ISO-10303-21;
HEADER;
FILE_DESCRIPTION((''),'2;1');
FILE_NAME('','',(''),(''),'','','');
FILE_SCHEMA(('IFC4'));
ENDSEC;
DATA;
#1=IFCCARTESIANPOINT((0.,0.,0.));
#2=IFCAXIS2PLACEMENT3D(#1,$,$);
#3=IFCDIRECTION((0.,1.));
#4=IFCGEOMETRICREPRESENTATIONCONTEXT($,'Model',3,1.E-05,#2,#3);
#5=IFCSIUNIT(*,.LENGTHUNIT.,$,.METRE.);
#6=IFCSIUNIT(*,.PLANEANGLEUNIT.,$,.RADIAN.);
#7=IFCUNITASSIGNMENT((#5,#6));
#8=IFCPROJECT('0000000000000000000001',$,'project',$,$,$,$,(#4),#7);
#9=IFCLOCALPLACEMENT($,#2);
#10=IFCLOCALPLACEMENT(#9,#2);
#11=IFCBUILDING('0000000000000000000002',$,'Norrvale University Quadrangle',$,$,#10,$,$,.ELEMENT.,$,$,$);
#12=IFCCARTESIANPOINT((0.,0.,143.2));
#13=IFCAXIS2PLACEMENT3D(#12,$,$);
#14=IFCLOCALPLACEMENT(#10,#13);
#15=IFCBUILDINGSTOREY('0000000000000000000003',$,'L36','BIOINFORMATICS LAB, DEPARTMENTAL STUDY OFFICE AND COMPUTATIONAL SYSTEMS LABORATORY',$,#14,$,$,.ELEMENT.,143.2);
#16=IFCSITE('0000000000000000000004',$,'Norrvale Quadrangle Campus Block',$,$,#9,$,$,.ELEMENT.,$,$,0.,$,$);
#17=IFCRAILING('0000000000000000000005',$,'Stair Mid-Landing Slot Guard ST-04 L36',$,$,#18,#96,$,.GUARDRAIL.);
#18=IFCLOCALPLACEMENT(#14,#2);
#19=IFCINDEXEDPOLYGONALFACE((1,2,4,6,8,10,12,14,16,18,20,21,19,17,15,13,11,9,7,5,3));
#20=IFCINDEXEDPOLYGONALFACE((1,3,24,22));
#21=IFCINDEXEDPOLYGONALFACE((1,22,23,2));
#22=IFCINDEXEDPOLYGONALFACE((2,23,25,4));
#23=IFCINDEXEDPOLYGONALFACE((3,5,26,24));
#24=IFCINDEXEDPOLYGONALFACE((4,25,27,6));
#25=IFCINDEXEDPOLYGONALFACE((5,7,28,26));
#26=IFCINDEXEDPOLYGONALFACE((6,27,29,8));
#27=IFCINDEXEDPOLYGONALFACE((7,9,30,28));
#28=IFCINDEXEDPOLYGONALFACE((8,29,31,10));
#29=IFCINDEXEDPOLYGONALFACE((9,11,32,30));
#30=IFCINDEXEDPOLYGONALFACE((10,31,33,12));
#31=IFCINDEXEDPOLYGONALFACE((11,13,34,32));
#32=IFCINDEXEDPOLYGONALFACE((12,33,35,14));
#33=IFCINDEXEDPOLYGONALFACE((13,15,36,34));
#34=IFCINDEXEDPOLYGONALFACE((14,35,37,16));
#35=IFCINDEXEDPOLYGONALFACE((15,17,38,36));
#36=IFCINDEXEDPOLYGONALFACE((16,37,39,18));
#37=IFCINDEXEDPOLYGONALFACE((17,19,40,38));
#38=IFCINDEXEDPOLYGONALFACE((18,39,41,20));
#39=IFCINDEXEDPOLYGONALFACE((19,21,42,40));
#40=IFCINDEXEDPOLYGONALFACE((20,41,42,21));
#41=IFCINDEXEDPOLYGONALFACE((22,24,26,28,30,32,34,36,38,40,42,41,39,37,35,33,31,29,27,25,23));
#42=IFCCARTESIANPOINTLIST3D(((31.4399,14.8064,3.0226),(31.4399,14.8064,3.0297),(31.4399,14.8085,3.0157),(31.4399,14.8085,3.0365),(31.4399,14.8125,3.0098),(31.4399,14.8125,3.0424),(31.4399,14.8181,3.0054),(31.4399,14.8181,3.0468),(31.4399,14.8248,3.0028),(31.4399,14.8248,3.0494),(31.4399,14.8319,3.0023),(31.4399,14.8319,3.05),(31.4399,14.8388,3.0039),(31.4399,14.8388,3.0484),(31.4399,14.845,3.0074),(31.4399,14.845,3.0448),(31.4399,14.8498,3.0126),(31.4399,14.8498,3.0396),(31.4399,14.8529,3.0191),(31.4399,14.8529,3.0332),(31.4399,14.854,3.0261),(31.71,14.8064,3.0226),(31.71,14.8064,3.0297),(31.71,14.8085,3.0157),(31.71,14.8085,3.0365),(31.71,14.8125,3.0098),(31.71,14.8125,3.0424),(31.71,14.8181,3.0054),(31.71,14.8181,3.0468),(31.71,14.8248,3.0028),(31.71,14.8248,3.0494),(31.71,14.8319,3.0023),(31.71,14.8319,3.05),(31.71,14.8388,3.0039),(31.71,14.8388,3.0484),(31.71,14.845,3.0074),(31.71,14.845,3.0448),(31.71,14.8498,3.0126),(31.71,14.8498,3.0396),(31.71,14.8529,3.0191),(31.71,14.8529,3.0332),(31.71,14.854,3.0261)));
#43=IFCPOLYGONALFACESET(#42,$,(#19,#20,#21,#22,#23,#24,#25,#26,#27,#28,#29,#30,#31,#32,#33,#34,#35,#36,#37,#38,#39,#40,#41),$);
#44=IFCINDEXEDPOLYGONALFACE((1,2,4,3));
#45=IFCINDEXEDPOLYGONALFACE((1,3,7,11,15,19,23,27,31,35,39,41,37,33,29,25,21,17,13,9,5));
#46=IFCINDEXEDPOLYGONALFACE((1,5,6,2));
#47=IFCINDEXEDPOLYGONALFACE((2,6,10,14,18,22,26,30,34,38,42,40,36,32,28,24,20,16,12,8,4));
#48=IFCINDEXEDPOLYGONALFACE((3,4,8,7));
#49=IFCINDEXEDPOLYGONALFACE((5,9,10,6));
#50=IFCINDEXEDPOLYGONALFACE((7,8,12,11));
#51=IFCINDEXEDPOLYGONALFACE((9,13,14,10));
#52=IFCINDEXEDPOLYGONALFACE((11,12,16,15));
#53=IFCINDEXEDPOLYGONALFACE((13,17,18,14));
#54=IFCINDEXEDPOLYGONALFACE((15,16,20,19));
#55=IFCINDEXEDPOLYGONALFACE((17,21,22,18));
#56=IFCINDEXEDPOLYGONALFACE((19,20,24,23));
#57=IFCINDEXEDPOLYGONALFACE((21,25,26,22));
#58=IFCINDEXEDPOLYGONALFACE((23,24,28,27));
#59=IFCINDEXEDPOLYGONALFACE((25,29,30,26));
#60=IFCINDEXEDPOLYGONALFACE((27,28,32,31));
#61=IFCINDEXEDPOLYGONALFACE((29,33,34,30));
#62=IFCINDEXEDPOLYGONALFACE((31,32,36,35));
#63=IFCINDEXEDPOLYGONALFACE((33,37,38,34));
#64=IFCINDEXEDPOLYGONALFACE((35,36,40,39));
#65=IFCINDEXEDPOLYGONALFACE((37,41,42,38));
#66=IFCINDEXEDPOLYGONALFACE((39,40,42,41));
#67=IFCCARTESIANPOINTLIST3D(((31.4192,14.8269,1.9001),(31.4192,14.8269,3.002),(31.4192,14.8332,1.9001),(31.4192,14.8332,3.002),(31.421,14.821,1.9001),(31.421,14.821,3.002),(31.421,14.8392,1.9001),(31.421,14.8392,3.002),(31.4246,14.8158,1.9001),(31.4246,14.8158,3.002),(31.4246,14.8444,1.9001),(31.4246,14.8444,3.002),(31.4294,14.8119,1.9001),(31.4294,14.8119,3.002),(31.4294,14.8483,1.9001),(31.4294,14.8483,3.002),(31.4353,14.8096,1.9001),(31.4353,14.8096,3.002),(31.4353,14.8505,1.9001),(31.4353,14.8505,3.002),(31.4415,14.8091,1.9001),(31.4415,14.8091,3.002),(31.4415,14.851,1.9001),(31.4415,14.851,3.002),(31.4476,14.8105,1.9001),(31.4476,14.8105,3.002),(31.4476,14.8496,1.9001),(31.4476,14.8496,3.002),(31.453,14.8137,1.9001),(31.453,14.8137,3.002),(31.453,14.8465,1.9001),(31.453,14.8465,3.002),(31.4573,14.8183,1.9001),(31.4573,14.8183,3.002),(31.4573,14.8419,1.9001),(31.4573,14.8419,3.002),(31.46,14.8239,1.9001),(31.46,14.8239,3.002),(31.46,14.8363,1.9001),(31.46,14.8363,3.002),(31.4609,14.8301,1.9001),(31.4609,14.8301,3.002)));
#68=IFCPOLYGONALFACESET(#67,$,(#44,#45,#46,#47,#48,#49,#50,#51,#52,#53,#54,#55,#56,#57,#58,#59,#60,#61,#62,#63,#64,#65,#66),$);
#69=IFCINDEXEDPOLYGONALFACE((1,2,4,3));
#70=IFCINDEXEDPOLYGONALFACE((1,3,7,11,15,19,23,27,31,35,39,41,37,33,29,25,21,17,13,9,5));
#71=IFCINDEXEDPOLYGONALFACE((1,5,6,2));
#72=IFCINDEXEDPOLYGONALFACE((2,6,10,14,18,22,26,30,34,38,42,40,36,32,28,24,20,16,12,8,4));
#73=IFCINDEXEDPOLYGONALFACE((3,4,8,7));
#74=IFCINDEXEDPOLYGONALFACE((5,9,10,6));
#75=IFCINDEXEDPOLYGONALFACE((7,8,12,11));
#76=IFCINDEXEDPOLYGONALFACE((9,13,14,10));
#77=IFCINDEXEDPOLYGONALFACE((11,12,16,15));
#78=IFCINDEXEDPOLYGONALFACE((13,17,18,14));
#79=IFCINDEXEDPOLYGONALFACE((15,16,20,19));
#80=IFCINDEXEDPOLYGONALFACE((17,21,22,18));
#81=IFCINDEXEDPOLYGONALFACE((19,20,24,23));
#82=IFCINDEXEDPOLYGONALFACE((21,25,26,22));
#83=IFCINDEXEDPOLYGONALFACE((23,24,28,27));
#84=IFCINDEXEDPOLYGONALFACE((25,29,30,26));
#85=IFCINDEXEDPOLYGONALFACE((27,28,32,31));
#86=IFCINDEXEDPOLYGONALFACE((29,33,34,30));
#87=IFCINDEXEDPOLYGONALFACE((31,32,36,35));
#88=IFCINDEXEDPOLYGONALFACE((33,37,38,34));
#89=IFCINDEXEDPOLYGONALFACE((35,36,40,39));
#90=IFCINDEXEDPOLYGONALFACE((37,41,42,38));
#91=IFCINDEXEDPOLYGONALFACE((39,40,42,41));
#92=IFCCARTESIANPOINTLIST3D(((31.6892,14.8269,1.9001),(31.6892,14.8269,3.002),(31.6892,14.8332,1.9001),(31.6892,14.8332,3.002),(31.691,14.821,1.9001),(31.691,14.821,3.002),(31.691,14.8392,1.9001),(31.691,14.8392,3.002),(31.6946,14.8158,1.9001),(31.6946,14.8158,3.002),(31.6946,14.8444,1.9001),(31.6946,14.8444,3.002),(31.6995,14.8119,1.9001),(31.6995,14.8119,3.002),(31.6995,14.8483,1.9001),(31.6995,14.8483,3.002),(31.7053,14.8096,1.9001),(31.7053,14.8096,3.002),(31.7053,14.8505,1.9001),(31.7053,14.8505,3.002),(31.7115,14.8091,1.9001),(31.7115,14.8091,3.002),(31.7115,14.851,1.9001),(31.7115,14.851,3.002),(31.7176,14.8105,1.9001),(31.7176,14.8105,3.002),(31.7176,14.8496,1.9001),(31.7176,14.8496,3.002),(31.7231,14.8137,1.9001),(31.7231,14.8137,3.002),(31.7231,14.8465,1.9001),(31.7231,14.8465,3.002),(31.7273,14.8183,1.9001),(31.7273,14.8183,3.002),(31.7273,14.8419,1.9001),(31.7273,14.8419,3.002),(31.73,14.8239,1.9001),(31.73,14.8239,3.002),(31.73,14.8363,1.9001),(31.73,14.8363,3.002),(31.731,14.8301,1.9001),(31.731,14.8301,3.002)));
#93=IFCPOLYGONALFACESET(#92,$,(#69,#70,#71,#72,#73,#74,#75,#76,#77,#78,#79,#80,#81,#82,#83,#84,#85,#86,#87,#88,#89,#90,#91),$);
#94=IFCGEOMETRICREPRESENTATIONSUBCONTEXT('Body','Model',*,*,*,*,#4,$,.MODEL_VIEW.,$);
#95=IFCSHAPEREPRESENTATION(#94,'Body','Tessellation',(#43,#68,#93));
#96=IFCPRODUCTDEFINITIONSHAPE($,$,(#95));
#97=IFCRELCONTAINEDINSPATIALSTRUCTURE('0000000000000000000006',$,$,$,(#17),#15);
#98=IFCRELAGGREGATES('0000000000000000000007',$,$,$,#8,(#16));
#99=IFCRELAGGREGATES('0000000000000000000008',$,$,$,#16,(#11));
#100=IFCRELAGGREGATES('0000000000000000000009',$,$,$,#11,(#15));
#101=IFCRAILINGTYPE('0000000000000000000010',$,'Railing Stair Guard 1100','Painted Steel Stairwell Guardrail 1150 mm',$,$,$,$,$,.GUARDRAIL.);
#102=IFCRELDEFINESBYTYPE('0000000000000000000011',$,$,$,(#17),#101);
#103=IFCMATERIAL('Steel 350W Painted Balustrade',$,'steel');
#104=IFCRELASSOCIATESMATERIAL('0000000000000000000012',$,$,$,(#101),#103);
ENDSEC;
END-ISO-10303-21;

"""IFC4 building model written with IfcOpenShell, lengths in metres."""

from ifc_helpers import new_model, si_unit, direction, frame, origin, origin_2d, place, context, subcontext, project, spatial, circle, extrude, material, type_object, element, save


model = new_model("IFC4")

# Units and contexts
model_context = context("Model", 3, precision=1e-05, world=origin(), true_north=direction((0.0, 1.0)))
body_context = subcontext(model_context, "Body", "Model", "MODEL_VIEW")
ifc_project = project(units=[si_unit("LENGTHUNIT", "METRE"), si_unit("PLANEANGLEUNIT", "RADIAN")], contexts=[model_context])

# Site, building, storey
site_placement = place(None, origin())
site = spatial("IfcSite", under=ifc_project, at=site_placement, Name="Norrvale Quadrangle Campus Block", CompositionType="ELEMENT", RefElevation=0.0)
building_placement = place(site_placement, origin())
building = spatial("IfcBuilding", under=site, at=building_placement, Name="Norrvale University Quadrangle", CompositionType="ELEMENT")
storey_placement = place(building_placement, frame((0.0, 0.0, 143.2)))
storey = spatial("IfcBuildingStorey", under=building, at=storey_placement, Name="L36", Description="BIOINFORMATICS LAB, DEPARTMENTAL STUDY OFFICE AND COMPUTATIONAL SYSTEMS LABORATORY", CompositionType="ELEMENT", Elevation=143.2)

# Railing
ifc_material_1 = material(Name="Steel 350W Painted Balustrade", Category="steel")
railing_type_1 = type_object("IfcRailingType", Name="Railing Stair Guard 1100", Description="Painted Steel Stairwell Guardrail 1150 mm", PredefinedType="GUARDRAIL", material=ifc_material_1)
railing_1_placement = place(storey_placement, frame((31.4399, 14.8301, 1.9001)))
element("IfcRailing", 1, at=railing_1_placement, inside=storey, type_object=railing_type_1, Name="Stair Mid-Landing Slot Guard ST-04 L36", PredefinedType="GUARDRAIL", context=body_context, shape_type="SweptSolid", body=[
    extrude(circle(Radius=0.0239, at=origin_2d()), frame((0.0, 0.0, 1.126), z_axis=(1.0, 0.0, 0.0), x_axis=(0.0, 1.0, 0.0)), (0.0, 0.0, 1.0), 0.27),
    extrude(circle(Radius=0.021, at=origin_2d()), origin(), (0.0, 0.0, 1.0), 1.1018),
    extrude(circle(Radius=0.021, at=origin_2d()), frame((0.27, 0.0, 0.0)), (0.0, 0.0, 1.0), 1.1018),
])

save(model, "model.ifc")
